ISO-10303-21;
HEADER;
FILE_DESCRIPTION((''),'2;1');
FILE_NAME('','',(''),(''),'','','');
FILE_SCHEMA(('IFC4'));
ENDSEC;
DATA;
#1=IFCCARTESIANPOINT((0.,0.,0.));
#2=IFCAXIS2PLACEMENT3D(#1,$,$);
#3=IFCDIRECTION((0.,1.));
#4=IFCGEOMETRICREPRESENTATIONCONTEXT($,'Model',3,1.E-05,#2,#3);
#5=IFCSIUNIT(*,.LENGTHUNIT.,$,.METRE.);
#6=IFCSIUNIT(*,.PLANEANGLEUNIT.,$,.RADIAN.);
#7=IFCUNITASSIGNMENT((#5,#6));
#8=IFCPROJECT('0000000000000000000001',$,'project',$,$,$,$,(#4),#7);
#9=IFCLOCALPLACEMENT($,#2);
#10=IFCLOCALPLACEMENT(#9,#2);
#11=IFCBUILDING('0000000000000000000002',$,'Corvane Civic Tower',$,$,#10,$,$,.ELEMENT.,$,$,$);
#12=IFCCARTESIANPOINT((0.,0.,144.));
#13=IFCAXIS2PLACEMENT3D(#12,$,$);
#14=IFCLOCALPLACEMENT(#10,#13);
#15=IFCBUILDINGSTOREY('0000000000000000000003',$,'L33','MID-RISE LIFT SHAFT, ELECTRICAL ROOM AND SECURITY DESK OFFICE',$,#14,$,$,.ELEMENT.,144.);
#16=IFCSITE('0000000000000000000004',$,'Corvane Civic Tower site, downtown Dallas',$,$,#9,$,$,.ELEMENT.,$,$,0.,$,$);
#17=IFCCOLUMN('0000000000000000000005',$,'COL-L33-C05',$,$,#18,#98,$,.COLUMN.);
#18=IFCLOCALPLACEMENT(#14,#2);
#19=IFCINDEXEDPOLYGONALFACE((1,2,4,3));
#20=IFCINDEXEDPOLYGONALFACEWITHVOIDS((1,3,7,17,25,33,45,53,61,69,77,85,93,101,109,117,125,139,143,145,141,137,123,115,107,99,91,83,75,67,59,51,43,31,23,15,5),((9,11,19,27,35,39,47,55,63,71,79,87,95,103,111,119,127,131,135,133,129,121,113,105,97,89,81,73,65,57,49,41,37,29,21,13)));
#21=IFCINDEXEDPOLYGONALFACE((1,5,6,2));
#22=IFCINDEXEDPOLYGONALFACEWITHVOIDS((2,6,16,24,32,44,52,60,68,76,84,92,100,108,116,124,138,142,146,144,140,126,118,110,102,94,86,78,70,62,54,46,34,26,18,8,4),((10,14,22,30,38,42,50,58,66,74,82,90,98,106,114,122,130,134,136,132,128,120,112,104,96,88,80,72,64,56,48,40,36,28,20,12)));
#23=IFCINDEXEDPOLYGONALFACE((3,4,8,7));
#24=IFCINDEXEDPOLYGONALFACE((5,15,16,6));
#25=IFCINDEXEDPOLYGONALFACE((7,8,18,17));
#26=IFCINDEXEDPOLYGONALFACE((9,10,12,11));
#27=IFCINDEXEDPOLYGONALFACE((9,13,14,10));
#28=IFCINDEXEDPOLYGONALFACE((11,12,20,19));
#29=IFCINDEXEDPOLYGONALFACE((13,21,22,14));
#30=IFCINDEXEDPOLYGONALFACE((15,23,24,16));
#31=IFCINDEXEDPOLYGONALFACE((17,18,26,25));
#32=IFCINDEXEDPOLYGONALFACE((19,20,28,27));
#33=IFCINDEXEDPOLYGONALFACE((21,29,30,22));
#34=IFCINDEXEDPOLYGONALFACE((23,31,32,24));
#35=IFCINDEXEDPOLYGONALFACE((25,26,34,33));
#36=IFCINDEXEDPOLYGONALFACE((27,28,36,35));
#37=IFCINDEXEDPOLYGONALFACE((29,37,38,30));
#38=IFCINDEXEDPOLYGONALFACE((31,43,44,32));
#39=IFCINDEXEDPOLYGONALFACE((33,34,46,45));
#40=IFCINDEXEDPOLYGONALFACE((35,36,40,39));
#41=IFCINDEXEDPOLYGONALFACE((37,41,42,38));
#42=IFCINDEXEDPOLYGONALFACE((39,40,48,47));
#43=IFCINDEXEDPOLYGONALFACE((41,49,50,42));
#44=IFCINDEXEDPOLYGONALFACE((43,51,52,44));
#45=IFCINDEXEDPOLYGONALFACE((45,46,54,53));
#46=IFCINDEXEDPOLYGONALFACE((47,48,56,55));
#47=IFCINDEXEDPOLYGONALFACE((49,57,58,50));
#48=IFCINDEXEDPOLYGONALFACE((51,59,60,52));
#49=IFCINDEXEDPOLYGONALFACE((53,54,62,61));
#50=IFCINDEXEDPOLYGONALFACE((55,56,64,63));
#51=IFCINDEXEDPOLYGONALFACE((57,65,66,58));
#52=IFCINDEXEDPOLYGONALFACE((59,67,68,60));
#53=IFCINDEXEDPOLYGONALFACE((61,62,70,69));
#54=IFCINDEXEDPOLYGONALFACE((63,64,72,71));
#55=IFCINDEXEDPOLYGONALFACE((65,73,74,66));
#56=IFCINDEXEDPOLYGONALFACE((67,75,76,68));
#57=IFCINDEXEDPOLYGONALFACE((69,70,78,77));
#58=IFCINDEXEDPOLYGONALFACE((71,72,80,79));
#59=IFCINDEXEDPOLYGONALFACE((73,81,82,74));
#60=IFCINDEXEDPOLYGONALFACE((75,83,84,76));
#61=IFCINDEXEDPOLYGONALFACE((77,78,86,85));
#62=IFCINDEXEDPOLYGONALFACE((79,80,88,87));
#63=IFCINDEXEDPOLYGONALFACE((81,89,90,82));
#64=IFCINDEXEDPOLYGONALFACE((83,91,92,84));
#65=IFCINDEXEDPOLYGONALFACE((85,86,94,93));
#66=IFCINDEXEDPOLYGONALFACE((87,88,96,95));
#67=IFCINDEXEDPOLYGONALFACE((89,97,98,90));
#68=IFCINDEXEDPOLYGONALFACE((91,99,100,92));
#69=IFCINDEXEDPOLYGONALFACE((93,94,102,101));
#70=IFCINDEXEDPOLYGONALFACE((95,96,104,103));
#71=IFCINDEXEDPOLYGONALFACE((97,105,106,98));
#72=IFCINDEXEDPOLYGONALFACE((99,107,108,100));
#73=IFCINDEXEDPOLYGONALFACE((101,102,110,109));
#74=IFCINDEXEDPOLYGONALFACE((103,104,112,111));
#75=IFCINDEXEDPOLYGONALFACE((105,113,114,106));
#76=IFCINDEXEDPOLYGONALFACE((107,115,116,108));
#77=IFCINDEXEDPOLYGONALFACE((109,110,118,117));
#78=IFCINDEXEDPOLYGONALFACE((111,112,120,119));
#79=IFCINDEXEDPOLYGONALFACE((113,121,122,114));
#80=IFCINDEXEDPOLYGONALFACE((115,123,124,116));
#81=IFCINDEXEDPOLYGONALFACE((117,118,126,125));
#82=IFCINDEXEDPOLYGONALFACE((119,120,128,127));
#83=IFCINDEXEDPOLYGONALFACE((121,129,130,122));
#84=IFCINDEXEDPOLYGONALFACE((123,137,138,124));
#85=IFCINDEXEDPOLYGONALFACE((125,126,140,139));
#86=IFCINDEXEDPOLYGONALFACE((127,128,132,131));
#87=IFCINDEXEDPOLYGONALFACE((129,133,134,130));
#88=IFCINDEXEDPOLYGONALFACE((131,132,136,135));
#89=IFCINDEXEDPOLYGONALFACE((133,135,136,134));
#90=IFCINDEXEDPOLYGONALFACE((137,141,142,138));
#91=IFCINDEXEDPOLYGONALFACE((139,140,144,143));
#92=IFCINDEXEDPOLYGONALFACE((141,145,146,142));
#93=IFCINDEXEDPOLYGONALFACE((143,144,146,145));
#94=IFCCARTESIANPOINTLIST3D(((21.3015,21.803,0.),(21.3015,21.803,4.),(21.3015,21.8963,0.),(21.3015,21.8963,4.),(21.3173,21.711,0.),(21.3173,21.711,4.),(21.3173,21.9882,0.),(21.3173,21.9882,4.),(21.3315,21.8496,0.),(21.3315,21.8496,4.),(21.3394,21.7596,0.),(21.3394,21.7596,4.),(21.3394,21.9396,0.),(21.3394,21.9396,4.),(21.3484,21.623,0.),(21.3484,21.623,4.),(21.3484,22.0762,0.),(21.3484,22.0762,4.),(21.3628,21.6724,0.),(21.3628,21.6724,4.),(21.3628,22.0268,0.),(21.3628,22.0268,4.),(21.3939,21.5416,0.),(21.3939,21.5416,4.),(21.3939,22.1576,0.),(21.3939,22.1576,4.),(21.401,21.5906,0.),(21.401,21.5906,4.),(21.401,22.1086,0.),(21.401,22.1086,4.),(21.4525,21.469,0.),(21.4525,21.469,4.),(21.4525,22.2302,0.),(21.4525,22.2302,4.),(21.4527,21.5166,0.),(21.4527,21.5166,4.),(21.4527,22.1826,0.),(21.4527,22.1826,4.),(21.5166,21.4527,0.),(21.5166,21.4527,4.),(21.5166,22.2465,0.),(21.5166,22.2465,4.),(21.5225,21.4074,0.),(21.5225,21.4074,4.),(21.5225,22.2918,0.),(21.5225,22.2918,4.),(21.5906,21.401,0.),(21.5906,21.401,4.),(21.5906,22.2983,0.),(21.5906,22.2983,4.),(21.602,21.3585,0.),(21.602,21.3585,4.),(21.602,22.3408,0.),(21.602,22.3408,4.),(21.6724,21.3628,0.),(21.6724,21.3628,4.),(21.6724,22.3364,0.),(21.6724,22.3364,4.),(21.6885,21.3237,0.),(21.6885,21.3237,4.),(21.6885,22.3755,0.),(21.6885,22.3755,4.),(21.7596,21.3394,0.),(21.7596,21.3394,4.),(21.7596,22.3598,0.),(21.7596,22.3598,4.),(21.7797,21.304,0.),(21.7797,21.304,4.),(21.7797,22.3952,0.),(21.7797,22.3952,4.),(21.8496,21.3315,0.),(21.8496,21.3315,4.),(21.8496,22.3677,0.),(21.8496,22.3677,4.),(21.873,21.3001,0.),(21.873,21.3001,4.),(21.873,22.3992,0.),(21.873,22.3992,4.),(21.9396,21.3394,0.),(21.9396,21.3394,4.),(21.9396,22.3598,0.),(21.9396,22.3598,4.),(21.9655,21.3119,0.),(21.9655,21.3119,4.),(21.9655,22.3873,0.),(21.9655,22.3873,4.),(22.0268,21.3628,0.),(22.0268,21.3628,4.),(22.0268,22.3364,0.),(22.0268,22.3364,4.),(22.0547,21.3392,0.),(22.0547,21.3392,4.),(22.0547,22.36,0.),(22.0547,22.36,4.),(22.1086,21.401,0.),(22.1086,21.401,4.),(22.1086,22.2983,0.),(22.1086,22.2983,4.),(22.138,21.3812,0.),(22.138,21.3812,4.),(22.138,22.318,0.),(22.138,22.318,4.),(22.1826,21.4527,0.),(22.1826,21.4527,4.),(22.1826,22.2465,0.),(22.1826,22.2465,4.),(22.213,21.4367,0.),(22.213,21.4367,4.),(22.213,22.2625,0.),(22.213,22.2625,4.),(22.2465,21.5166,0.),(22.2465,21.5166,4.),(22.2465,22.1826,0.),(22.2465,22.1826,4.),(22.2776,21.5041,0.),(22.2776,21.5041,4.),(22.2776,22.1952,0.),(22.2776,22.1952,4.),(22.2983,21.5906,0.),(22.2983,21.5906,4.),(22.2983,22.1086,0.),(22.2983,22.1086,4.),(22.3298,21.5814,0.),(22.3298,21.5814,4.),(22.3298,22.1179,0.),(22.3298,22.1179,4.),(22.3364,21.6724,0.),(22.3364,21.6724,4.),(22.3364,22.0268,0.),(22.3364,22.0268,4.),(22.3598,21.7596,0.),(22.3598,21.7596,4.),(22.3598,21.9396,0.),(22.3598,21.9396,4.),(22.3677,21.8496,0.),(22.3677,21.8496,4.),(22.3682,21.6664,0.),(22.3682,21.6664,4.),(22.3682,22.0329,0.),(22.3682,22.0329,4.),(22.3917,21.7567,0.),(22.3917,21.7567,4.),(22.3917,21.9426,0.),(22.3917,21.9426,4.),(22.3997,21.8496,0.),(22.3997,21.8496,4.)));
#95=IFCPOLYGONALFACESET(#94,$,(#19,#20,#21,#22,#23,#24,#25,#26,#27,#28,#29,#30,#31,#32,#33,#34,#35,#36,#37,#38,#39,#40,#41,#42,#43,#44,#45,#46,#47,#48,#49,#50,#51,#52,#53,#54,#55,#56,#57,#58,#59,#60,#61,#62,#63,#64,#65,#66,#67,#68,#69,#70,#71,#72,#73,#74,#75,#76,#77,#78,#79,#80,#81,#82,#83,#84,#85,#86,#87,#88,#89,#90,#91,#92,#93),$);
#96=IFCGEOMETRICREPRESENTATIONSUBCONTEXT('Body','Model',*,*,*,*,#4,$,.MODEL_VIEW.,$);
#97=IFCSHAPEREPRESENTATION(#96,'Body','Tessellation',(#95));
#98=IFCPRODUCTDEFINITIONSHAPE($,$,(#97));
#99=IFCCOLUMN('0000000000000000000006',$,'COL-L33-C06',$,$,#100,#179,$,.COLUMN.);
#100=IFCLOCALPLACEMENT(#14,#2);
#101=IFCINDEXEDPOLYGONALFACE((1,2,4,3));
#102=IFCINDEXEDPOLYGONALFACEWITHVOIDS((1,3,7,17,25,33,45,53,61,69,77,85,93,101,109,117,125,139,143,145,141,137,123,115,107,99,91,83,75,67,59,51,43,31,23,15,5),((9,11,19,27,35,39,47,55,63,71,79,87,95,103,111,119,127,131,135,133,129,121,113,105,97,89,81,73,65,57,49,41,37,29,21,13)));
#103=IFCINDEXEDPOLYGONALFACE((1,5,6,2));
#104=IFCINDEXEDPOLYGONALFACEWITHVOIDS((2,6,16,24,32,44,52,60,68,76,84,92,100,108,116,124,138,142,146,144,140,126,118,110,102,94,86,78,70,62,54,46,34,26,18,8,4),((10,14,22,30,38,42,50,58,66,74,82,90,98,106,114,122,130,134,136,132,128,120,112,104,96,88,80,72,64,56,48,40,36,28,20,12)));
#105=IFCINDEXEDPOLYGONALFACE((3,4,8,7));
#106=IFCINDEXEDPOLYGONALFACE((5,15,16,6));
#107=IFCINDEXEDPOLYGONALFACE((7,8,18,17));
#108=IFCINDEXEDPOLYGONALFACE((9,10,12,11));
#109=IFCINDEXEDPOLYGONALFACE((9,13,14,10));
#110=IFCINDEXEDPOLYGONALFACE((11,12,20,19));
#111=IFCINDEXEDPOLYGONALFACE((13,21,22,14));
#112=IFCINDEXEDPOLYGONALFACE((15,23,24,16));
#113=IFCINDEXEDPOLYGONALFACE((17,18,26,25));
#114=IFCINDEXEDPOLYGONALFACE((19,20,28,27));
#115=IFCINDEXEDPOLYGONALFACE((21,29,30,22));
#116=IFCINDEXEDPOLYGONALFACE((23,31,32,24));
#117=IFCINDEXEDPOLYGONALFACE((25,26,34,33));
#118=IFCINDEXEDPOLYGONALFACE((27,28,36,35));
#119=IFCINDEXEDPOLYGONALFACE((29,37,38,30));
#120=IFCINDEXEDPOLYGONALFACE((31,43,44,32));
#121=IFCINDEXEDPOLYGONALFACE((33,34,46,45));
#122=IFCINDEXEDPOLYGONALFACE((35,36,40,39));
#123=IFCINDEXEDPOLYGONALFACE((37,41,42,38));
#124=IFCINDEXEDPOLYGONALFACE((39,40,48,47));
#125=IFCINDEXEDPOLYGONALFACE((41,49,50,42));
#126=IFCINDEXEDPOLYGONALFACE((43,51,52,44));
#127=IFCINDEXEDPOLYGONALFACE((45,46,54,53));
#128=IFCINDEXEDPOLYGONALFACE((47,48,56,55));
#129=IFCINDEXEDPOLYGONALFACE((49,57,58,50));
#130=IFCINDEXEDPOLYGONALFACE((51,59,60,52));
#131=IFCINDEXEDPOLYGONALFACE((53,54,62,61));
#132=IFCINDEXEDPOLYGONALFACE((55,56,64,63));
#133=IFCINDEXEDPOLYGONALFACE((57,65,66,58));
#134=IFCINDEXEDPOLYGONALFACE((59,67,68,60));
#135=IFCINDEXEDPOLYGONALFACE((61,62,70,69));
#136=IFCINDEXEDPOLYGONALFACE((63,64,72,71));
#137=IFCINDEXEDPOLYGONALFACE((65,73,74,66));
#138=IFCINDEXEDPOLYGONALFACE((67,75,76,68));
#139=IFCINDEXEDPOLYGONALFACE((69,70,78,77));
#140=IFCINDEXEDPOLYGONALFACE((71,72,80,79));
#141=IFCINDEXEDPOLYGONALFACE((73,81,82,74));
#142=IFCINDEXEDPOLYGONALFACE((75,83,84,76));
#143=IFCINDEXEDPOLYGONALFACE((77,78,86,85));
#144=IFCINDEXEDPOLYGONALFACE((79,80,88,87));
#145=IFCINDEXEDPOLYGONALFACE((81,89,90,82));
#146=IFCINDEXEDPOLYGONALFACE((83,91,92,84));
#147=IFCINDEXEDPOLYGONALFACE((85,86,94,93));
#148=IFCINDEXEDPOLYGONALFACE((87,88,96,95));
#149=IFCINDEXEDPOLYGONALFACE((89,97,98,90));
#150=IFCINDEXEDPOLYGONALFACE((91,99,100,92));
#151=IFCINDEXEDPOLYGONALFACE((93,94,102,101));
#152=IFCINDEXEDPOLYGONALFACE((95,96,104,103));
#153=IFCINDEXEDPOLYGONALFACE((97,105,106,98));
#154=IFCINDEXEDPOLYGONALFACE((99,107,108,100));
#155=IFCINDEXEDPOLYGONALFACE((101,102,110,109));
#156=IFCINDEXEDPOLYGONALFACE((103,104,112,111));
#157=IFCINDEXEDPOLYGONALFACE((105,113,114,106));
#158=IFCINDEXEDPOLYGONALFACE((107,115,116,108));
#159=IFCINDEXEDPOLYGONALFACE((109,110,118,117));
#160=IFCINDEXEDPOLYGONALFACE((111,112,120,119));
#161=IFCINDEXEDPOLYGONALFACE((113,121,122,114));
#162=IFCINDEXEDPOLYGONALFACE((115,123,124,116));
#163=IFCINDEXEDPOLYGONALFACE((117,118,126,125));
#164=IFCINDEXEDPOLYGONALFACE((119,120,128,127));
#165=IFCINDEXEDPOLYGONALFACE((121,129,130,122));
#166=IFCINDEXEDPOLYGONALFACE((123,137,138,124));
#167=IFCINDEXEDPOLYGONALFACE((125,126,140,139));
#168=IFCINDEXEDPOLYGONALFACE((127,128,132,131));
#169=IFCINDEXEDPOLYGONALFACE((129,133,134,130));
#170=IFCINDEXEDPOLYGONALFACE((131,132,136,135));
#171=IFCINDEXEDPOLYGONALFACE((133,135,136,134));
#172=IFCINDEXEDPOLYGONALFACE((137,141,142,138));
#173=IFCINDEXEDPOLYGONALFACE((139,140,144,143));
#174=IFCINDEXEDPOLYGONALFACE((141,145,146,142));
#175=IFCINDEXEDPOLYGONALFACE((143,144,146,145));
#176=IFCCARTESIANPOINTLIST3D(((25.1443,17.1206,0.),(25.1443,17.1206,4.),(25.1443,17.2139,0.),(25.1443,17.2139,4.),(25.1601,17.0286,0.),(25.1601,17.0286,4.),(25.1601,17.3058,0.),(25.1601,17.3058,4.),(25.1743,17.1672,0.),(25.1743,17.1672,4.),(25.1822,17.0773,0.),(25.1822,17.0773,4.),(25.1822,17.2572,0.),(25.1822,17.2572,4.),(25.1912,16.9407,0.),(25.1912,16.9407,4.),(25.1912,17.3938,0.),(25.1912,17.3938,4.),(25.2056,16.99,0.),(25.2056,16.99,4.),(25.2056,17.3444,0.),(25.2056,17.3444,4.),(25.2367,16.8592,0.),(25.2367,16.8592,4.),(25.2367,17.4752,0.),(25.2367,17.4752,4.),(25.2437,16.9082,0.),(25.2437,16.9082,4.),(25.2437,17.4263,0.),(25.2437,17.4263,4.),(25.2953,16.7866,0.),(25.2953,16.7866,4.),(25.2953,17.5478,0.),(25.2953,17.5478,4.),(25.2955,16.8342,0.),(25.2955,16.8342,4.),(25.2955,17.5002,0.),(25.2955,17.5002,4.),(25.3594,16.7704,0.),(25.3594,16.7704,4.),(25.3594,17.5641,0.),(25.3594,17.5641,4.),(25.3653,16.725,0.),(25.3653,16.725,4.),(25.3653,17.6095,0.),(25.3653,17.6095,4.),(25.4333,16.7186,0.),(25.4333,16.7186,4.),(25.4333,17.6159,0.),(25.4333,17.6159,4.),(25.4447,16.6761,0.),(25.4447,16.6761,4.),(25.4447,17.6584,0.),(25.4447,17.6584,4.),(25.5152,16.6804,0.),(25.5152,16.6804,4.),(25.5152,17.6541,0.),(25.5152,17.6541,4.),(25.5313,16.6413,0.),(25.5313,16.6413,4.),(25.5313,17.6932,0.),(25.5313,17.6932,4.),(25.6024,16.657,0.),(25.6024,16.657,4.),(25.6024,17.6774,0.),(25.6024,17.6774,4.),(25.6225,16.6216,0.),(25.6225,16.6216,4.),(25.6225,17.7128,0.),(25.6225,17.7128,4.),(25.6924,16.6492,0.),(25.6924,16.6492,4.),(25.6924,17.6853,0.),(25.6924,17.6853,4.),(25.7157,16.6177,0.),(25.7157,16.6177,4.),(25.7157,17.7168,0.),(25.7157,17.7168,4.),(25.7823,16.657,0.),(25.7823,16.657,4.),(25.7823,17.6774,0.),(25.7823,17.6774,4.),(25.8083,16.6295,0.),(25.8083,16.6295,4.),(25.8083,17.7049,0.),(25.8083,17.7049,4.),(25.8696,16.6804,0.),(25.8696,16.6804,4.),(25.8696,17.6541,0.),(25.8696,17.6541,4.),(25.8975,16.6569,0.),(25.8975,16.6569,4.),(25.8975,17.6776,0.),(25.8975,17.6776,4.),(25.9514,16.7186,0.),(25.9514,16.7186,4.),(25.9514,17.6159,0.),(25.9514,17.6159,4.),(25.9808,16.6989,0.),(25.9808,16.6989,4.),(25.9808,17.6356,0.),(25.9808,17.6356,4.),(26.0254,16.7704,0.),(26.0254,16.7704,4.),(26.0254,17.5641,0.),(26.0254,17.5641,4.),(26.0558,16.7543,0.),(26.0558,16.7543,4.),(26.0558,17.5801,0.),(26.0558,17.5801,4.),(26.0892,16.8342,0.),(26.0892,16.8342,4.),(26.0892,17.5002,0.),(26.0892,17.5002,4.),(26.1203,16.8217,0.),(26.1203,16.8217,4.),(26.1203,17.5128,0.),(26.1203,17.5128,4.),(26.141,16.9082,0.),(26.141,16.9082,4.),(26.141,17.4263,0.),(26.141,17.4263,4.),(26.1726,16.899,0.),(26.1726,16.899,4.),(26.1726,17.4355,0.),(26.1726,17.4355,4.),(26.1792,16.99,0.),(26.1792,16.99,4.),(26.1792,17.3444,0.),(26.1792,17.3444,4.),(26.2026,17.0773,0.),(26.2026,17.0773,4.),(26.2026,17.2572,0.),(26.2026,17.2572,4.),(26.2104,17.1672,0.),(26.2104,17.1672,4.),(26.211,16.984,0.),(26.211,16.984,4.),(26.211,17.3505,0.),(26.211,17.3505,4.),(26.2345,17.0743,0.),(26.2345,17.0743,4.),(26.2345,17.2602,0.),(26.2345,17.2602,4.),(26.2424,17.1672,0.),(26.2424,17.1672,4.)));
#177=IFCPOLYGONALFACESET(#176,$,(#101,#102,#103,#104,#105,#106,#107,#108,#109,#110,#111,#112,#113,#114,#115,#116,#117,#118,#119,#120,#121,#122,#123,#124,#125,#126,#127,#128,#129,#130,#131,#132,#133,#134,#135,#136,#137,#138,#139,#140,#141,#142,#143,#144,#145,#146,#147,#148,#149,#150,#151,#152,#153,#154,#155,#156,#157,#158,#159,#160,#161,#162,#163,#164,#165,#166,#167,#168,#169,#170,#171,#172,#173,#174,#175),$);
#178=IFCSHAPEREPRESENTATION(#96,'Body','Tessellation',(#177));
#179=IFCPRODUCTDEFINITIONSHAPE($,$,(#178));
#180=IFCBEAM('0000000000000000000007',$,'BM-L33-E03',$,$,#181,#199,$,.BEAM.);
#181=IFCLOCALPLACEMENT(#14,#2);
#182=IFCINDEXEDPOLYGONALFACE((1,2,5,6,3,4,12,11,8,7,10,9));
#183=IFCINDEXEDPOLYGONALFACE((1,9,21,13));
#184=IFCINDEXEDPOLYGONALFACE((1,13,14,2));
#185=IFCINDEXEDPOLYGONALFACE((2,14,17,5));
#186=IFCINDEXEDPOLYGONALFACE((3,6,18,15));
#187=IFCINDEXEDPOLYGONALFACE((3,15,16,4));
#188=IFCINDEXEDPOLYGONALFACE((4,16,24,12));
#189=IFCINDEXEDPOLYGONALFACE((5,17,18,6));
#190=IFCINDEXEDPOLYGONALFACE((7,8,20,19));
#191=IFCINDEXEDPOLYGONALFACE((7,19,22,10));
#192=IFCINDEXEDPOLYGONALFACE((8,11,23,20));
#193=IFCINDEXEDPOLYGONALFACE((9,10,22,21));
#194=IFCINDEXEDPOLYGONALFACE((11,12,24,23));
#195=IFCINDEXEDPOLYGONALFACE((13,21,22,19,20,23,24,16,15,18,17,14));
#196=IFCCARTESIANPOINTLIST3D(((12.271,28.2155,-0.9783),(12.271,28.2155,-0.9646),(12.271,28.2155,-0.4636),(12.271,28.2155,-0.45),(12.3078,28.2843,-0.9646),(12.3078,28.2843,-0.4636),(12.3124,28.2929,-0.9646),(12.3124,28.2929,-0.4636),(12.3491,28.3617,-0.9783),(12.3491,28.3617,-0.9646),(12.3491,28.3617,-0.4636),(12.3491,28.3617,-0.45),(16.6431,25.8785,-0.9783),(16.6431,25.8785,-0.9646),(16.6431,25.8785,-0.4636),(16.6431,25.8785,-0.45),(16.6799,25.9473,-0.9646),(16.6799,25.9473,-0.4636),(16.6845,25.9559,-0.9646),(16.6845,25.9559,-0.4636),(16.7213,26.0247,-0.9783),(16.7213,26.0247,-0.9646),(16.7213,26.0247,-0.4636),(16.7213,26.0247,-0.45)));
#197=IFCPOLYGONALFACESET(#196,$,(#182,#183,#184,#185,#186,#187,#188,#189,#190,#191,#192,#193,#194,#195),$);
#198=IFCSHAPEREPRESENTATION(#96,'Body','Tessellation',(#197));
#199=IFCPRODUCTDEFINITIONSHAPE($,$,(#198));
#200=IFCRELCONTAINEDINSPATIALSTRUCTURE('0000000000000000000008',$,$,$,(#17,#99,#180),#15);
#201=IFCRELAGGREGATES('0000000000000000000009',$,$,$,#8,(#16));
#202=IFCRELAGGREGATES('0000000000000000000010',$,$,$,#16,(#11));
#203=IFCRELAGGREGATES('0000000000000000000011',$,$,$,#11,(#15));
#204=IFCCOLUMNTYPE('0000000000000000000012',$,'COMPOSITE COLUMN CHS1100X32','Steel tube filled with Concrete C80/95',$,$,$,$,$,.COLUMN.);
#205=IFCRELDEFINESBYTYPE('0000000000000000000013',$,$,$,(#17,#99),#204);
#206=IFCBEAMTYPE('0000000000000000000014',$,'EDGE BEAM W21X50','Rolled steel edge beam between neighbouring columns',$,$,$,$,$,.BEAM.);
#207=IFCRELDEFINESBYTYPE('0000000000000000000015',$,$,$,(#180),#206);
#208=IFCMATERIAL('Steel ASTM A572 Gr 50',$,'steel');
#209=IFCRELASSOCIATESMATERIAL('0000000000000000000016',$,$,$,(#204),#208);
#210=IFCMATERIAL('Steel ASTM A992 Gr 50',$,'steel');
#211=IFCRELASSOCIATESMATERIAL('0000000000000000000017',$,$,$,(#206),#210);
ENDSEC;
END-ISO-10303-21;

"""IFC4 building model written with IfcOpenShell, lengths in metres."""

from ifc_helpers import new_model, si_unit, direction, frame, origin, origin_2d, place, context, subcontext, project, spatial, hollow_circle, i_section, extrude, material, material_profile, profile_set, type_object, element, save


model = new_model("IFC4")

# Units and contexts
model_context = context("Model", 3, precision=1e-05, world=origin(), true_north=direction((0.0, 1.0)))
body_context = subcontext(model_context, "Body", "Model", "MODEL_VIEW")
ifc_project = project(units=[si_unit("LENGTHUNIT", "METRE"), si_unit("PLANEANGLEUNIT", "RADIAN")], contexts=[model_context])

# Site, building, storey
site_placement = place(None, origin())
site = spatial("IfcSite", under=ifc_project, at=site_placement, Name="Corvane Civic Tower site, downtown Dallas", CompositionType="ELEMENT", RefElevation=0.0)
building_placement = place(site_placement, origin())
building = spatial("IfcBuilding", under=site, at=building_placement, Name="Corvane Civic Tower", CompositionType="ELEMENT")
storey_placement = place(building_placement, frame((0.0, 0.0, 144.0)))
storey = spatial("IfcBuildingStorey", under=building, at=storey_placement, Name="L33", Description="MID-RISE LIFT SHAFT, ELECTRICAL ROOM AND SECURITY DESK OFFICE", CompositionType="ELEMENT", Elevation=144.0)

# Columns
ifc_material_1 = material(Name="Steel ASTM A572 Gr 50", Category="steel")
ifc_material_profile_1 = material_profile(ifc_material_1, hollow_circle(Radius=0.55, WallThickness=0.032, at=origin_2d()), Name="CHS1100X32")
ifc_profile_set_1 = profile_set([ifc_material_profile_1], Name="Steel ASTM A572 Gr 50")
column_type = type_object("IfcColumnType", Name="COMPOSITE COLUMN CHS1100X32", Description="Steel tube filled with Concrete C80/95", PredefinedType="COLUMN", material=ifc_profile_set_1)
for number, where, z_axis, x_axis, name in (
    (1, (21.8496, 21.8496, 0.0), (0.0, 0.0, 1.0), (1.0, 0.0, 0.0), "COL-L33-C05"),
    (2, (25.6924, 17.1672, 0.0), (0.0, 0.0, 1.0), (1.0, 0.0, 0.0), "COL-L33-C06"),
):
    element("IfcColumn", number, at=place(storey_placement, frame(where, z_axis=z_axis, x_axis=x_axis)), inside=storey, type_object=column_type, Name=name, PredefinedType="COLUMN", context=body_context, shape_type="SweptSolid", body=[
        extrude(hollow_circle(Radius=0.55, WallThickness=0.032, at=origin_2d()), origin(), (0.0, 0.0, 1.0), 4.0),
    ])

# Beam
ifc_material_2 = material(Name="Steel ASTM A992 Gr 50", Category="steel")
ifc_material_profile_2 = material_profile(ifc_material_2, i_section(OverallWidth=0.1658, OverallDepth=0.5283, WebThickness=0.0098, FlangeThickness=0.0137, at=origin_2d()), Name="W21X50")
ifc_profile_set_2 = profile_set([ifc_material_profile_2], Name="Steel ASTM A992 Gr 50")
beam_type = type_object("IfcBeamType", Name="EDGE BEAM W21X50", Description="Rolled steel edge beam between neighbouring columns", PredefinedType="BEAM", material=ifc_profile_set_2)
for number, where, z_axis, x_axis, name in (
    (3, (12.3101, 28.2886, -0.7141), (0.881922, -0.471396, 0.0), (0.471396, 0.881922, 0.0), "BM-L33-E03"),
):
    element("IfcBeam", number, at=place(storey_placement, frame(where, z_axis=z_axis, x_axis=x_axis)), inside=storey, type_object=beam_type, Name=name, PredefinedType="BEAM", context=body_context, shape_type="SweptSolid", body=[
        extrude(i_section(OverallWidth=0.1658, OverallDepth=0.5283, WebThickness=0.0098, FlangeThickness=0.0137, at=origin_2d()), origin(), (0.0, 0.0, 1.0), 4.9575),
    ])

save(model, "model.ifc")
